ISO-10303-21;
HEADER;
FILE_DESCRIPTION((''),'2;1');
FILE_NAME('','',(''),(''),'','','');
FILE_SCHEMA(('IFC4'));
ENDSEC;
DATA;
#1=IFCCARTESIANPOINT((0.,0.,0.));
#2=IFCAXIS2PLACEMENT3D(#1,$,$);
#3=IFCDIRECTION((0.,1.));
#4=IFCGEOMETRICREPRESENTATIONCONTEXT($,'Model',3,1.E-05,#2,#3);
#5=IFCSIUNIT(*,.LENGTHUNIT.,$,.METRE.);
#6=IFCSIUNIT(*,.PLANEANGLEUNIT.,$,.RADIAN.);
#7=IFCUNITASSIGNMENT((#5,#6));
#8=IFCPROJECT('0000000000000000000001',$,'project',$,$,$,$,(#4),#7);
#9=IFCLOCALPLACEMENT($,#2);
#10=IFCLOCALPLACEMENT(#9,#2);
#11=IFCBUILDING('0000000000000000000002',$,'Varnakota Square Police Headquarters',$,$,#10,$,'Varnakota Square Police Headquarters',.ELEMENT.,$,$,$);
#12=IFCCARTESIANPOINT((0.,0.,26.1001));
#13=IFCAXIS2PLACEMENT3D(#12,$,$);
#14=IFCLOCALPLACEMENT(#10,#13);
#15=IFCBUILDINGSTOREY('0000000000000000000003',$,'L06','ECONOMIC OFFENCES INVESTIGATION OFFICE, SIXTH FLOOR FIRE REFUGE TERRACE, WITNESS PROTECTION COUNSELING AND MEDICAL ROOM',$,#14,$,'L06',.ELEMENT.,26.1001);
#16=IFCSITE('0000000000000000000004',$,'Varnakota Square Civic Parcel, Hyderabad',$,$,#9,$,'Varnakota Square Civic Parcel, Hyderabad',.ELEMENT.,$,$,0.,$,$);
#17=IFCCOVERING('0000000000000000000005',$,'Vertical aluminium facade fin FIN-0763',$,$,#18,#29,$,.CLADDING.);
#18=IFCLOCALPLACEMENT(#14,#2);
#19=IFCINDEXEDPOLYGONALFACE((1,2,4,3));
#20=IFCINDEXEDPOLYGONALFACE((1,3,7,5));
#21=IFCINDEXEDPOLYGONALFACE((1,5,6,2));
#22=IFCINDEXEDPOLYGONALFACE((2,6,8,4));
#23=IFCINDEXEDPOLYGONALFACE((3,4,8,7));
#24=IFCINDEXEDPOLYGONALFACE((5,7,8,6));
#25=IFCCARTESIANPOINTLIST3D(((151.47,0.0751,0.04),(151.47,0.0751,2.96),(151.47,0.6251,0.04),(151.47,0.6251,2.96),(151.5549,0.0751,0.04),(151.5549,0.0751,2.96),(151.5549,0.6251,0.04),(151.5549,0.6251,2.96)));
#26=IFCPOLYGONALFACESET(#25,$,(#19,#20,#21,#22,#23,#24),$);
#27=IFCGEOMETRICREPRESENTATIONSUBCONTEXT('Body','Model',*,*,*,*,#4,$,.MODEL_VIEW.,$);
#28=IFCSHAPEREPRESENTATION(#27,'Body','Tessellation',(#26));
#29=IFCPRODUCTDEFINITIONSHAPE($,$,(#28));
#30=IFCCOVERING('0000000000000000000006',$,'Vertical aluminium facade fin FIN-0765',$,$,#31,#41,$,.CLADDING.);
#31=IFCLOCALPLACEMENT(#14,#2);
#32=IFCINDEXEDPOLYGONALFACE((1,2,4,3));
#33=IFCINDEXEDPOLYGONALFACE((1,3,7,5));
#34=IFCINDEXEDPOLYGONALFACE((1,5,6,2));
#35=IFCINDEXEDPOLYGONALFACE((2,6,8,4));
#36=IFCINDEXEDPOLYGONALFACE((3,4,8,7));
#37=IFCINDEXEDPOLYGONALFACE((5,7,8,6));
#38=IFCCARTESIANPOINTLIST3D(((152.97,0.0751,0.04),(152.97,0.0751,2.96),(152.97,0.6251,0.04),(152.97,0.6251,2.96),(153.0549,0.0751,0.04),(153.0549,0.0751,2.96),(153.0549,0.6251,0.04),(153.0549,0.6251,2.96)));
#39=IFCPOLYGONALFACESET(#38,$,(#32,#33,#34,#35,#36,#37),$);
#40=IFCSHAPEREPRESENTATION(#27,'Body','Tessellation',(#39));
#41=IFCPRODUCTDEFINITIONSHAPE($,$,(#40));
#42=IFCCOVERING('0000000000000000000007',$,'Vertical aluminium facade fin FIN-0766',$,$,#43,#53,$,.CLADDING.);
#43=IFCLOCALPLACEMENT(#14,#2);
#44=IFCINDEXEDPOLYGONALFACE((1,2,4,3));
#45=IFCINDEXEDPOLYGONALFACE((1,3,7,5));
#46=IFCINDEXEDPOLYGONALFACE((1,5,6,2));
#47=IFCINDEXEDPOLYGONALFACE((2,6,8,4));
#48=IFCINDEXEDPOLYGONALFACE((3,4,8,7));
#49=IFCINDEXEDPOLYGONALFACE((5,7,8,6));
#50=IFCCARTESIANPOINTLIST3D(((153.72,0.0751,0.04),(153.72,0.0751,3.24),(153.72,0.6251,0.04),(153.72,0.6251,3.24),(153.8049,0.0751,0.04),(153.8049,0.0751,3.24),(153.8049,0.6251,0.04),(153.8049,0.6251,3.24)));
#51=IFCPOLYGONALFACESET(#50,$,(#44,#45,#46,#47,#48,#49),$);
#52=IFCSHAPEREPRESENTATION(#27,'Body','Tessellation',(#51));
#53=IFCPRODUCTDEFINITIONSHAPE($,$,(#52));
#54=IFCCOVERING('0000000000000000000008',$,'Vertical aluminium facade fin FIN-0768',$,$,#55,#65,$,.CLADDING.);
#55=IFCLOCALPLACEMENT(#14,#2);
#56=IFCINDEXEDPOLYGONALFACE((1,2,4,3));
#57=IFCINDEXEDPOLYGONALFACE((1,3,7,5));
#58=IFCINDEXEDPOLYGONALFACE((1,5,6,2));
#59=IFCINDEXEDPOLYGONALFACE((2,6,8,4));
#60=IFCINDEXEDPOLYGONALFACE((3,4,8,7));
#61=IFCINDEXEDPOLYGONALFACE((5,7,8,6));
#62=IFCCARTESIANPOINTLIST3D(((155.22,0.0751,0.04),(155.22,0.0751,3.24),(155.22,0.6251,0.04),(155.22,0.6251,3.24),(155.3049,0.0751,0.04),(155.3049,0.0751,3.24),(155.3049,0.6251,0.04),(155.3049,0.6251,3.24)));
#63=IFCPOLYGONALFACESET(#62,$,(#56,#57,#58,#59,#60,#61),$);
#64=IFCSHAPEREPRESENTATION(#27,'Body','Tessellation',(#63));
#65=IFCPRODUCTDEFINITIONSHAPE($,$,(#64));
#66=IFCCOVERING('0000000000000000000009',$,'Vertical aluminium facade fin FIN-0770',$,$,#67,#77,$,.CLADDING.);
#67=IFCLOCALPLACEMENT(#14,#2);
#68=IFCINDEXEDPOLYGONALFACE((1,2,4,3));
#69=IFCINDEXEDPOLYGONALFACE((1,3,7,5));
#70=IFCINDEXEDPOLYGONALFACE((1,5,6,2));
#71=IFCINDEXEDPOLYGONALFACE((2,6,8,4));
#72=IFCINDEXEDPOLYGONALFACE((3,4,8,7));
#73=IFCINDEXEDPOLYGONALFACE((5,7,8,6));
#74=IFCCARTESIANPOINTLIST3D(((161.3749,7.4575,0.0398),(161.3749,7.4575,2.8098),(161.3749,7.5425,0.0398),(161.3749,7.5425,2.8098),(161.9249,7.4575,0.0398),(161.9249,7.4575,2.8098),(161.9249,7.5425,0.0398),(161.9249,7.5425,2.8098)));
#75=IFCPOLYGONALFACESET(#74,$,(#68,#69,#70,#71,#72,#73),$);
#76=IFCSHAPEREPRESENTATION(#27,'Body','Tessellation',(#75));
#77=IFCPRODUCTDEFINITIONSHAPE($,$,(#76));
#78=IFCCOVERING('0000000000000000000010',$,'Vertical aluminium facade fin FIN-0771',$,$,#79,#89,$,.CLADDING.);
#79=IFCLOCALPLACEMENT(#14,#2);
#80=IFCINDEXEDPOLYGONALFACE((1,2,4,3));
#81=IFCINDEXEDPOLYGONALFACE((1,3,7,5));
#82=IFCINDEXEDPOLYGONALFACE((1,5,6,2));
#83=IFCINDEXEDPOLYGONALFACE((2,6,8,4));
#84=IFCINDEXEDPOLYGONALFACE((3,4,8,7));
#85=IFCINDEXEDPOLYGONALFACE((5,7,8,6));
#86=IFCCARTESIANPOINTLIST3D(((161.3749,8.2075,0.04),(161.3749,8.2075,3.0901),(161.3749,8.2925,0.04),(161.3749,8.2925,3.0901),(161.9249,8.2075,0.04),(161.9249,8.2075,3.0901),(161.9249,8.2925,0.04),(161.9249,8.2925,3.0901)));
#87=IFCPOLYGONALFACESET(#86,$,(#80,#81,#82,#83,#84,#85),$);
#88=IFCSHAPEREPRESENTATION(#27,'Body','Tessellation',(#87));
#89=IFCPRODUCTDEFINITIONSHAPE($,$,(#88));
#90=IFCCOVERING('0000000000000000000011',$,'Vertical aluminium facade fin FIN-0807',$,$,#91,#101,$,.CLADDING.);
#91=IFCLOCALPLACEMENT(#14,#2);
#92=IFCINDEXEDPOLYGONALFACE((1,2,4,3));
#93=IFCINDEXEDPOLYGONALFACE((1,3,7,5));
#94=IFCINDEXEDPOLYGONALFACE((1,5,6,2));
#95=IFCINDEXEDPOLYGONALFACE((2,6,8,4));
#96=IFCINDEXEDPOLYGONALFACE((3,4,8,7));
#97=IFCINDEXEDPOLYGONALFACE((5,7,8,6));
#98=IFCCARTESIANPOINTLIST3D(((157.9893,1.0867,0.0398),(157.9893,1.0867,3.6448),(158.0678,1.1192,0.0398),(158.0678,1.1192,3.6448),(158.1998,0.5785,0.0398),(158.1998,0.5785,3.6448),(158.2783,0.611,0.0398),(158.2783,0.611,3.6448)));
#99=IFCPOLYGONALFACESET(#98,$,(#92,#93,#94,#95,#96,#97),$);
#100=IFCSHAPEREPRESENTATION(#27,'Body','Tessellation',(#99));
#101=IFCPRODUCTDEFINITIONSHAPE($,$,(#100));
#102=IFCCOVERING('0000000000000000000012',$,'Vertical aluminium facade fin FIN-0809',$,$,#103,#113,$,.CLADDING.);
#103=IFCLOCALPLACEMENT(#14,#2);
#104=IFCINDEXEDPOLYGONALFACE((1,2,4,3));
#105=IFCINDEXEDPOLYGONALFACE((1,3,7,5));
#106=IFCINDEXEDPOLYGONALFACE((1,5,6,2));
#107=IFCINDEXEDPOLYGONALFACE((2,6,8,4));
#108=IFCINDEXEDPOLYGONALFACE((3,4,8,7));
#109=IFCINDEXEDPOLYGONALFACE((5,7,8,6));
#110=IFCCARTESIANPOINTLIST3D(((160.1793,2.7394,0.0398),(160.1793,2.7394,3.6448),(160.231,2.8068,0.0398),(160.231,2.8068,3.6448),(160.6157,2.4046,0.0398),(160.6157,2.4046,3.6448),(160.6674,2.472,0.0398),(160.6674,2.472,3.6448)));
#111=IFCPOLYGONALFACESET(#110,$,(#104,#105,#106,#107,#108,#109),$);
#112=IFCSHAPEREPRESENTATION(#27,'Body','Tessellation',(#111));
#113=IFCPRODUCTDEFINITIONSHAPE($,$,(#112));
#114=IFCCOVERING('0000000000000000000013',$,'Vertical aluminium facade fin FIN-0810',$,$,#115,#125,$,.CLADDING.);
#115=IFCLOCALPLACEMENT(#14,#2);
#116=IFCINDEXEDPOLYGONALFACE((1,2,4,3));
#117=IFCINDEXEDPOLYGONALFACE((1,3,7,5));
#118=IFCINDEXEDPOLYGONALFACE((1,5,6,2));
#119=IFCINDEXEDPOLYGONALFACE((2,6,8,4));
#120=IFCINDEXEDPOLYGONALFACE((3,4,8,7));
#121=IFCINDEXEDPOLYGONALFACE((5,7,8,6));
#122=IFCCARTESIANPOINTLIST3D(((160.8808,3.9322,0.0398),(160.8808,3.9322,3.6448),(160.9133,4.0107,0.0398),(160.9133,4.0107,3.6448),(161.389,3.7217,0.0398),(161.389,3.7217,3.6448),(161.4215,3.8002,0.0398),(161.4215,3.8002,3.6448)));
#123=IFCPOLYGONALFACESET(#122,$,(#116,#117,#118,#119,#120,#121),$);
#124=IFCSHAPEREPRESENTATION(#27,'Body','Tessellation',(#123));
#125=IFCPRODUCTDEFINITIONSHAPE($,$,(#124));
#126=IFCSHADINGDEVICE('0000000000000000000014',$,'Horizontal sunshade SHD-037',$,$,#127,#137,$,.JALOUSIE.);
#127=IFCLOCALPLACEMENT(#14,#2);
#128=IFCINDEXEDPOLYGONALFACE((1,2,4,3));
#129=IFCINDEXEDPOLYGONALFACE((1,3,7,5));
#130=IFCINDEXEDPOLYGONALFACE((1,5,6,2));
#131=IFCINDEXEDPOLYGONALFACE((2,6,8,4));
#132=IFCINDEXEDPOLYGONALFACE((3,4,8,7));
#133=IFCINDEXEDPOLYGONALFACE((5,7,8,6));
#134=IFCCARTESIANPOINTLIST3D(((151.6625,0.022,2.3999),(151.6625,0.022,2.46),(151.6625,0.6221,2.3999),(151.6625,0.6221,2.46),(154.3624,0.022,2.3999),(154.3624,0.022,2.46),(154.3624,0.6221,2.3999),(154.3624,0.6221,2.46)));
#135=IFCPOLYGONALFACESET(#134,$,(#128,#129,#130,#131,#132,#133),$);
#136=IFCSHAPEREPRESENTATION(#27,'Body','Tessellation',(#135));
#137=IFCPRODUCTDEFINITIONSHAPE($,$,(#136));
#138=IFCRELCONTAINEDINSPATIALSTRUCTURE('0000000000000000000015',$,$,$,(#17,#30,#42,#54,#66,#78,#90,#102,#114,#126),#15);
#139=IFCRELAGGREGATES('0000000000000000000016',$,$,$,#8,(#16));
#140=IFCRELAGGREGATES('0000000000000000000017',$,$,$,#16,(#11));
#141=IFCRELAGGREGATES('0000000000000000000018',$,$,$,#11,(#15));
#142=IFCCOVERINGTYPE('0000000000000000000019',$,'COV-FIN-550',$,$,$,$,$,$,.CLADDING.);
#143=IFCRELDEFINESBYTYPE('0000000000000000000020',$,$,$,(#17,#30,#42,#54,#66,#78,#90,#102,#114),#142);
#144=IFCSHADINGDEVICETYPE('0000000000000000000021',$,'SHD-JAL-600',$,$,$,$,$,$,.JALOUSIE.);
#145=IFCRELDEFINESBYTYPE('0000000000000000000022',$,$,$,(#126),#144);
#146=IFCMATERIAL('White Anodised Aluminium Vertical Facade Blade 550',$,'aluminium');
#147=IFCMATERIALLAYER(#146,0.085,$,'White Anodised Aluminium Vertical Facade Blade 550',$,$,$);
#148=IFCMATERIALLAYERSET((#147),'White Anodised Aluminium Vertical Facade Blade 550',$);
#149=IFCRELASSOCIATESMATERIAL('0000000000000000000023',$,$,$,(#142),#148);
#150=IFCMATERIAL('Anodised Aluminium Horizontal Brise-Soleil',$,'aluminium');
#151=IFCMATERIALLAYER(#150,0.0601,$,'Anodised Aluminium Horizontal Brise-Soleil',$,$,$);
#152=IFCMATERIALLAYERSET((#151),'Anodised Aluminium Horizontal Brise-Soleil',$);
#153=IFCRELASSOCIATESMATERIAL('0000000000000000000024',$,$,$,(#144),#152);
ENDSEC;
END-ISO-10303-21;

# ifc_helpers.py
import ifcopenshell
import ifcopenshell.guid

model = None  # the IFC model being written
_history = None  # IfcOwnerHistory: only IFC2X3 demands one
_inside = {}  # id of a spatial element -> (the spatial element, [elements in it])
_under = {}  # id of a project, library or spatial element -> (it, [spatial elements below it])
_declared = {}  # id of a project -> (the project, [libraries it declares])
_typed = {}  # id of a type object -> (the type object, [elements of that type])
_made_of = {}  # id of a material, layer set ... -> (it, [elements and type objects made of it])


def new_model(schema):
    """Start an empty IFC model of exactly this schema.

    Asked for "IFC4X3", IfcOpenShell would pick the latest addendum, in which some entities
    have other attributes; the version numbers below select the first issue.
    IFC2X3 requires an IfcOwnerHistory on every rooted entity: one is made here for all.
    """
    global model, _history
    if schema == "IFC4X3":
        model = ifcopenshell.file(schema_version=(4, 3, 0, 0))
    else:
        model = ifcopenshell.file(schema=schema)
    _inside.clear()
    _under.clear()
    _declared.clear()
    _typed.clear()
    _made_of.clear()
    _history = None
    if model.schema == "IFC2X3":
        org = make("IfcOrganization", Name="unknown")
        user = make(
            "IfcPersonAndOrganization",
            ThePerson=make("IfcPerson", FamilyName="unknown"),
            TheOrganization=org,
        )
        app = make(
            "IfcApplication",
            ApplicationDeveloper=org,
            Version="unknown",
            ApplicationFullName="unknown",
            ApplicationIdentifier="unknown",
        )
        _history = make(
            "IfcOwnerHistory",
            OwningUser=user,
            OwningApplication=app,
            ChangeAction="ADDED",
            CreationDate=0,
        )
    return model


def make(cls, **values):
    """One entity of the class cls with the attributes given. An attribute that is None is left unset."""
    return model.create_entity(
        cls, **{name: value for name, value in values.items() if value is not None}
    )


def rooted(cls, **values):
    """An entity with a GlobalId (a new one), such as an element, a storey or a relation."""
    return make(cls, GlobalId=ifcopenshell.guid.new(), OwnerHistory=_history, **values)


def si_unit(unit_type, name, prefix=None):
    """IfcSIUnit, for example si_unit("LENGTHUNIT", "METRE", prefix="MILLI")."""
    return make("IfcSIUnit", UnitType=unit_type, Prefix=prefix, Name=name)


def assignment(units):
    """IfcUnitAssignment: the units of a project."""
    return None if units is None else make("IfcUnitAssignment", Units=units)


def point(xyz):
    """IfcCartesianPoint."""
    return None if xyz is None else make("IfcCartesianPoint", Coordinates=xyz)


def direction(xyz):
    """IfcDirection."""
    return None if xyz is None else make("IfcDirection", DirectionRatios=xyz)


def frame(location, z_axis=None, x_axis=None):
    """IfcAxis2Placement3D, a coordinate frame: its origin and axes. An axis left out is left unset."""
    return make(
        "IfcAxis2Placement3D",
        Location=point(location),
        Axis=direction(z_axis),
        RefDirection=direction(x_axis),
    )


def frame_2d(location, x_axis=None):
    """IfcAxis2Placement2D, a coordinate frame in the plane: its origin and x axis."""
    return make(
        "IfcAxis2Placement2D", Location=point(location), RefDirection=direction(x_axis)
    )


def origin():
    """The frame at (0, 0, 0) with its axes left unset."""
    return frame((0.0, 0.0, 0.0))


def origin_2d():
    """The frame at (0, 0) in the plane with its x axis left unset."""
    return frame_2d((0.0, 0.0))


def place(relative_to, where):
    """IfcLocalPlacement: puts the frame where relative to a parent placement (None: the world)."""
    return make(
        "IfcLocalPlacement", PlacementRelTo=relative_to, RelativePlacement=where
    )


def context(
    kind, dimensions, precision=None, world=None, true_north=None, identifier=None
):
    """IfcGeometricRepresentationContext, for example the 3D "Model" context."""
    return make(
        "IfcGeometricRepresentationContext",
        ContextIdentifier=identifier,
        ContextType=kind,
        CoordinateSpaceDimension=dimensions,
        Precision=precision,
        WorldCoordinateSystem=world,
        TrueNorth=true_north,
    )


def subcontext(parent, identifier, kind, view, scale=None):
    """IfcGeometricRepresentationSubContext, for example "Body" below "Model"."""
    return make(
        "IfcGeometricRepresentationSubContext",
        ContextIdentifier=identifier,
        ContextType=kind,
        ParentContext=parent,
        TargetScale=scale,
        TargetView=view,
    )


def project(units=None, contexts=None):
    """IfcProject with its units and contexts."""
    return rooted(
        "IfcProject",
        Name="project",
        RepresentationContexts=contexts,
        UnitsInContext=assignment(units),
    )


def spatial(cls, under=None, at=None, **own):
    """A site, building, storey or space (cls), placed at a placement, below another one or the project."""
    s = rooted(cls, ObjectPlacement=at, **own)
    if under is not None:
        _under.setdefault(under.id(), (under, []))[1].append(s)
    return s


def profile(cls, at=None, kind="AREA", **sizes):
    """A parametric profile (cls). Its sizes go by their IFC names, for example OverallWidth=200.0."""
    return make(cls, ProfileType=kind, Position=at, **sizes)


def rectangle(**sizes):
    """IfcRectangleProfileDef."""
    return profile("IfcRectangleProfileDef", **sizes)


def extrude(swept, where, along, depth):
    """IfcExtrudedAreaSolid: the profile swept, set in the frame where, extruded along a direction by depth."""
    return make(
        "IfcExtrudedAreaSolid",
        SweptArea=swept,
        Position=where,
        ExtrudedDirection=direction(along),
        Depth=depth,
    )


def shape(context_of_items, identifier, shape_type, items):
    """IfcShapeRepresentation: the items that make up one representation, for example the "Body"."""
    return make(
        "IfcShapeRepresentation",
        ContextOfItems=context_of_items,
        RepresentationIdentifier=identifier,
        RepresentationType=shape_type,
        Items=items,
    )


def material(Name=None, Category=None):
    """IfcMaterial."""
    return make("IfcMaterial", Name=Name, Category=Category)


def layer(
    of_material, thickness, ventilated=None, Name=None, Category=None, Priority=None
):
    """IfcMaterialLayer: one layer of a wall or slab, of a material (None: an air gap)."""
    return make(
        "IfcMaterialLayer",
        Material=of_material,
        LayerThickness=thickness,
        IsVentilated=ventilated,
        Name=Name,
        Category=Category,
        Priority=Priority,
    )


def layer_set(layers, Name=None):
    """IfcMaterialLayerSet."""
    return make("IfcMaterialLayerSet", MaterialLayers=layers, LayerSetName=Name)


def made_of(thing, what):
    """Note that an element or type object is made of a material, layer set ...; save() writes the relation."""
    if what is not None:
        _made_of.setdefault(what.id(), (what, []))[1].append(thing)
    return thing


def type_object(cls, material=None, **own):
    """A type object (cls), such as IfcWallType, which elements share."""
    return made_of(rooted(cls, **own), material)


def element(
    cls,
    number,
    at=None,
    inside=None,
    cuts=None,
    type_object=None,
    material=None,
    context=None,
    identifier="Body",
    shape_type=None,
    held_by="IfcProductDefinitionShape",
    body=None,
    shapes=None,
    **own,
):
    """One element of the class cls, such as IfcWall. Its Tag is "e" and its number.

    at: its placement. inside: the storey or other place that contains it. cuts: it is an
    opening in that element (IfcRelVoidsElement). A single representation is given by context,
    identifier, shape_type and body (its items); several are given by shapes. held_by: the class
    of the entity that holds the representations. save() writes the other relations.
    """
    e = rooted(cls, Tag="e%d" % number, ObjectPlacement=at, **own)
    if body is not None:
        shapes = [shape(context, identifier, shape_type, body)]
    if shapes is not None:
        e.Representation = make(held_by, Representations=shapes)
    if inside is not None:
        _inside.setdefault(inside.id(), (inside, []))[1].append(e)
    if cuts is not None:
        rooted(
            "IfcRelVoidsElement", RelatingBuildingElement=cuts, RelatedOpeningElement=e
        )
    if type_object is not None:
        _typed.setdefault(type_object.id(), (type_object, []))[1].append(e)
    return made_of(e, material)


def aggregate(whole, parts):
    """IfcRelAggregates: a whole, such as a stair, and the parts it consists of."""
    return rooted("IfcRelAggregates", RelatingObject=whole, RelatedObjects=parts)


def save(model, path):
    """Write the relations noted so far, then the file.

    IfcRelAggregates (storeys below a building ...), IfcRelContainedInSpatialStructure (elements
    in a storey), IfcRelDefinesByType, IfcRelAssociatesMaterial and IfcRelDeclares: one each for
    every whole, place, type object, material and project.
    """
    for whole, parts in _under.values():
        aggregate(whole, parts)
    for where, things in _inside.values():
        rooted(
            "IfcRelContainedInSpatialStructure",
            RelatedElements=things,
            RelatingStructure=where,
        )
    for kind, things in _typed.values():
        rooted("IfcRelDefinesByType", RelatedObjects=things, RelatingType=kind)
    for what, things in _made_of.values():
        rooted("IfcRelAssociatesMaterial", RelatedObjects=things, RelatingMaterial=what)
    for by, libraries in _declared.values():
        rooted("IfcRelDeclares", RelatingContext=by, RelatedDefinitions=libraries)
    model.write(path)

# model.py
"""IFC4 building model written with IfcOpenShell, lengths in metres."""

from ifc_helpers import new_model, si_unit, direction, frame, origin, origin_2d, place, context, subcontext, project, spatial, rectangle, extrude, material, layer, layer_set, type_object, element, save


model = new_model("IFC4")

# Units and contexts
model_context = context("Model", 3, precision=1e-05, world=origin(), true_north=direction((0.0, 1.0)))
body_context = subcontext(model_context, "Body", "Model", "MODEL_VIEW")
ifc_project = project(units=[si_unit("LENGTHUNIT", "METRE"), si_unit("PLANEANGLEUNIT", "RADIAN")], contexts=[model_context])

# Site, building, storey
site_placement = place(None, origin())
site = spatial("IfcSite", under=ifc_project, at=site_placement, Name="Varnakota Square Civic Parcel, Hyderabad", LongName="Varnakota Square Civic Parcel, Hyderabad", CompositionType="ELEMENT", RefElevation=0.0)
building_placement = place(site_placement, origin())
building = spatial("IfcBuilding", under=site, at=building_placement, Name="Varnakota Square Police Headquarters", LongName="Varnakota Square Police Headquarters", CompositionType="ELEMENT")
storey_placement = place(building_placement, frame((0.0, 0.0, 26.1001)))
storey = spatial("IfcBuildingStorey", under=building, at=storey_placement, Name="L06", Description="ECONOMIC OFFENCES INVESTIGATION OFFICE, SIXTH FLOOR FIRE REFUGE TERRACE, WITNESS PROTECTION COUNSELING AND MEDICAL ROOM", LongName="L06", CompositionType="ELEMENT", Elevation=26.1001)

# Coverings
ifc_material_1 = material(Name="White Anodised Aluminium Vertical Facade Blade 550", Category="aluminium")
ifc_layer_1 = layer(ifc_material_1, 0.085, Name="White Anodised Aluminium Vertical Facade Blade 550")
ifc_layer_set_1 = layer_set([ifc_layer_1], Name="White Anodised Aluminium Vertical Facade Blade 550")
covering_type_1 = type_object("IfcCoveringType", Name="COV-FIN-550", PredefinedType="CLADDING", material=ifc_layer_set_1)
for number, where, z_axis, x_axis, name in (
    (1, (151.5125, 0.3501, 0.04), (0.0, 0.0, 1.0), (1.0, 0.0, 0.0), "Vertical aluminium facade fin FIN-0763"),
    (2, (153.0125, 0.3501, 0.04), (0.0, 0.0, 1.0), (1.0, 0.0, 0.0), "Vertical aluminium facade fin FIN-0765"),
):
    element("IfcCovering", number, at=place(storey_placement, frame(where, z_axis=z_axis, x_axis=x_axis)), inside=storey, type_object=covering_type_1, Name=name, PredefinedType="CLADDING", context=body_context, shape_type="SweptSolid", body=[
        extrude(rectangle(XDim=0.085, YDim=0.55, at=origin_2d()), origin(), (0.0, 0.0, 1.0), 2.9199),
    ])
for number, where, z_axis, x_axis, name in (
    (3, (153.7625, 0.3501, 0.04), (0.0, 0.0, 1.0), (1.0, 0.0, 0.0), "Vertical aluminium facade fin FIN-0766"),
    (4, (155.2625, 0.3501, 0.04), (0.0, 0.0, 1.0), (1.0, 0.0, 0.0), "Vertical aluminium facade fin FIN-0768"),
):
    element("IfcCovering", number, at=place(storey_placement, frame(where, z_axis=z_axis, x_axis=x_axis)), inside=storey, type_object=covering_type_1, Name=name, PredefinedType="CLADDING", context=body_context, shape_type="SweptSolid", body=[
        extrude(rectangle(XDim=0.085, YDim=0.55, at=origin_2d()), origin(), (0.0, 0.0, 1.0), 3.2),
    ])
covering_1_placement = place(storey_placement, frame((161.6499, 7.5, 0.0398), z_axis=(0.0, 0.0, 1.0), x_axis=(0.0, 1.0, 0.0)))
element("IfcCovering", 5, at=covering_1_placement, inside=storey, type_object=covering_type_1, Name="Vertical aluminium facade fin FIN-0770", PredefinedType="CLADDING", context=body_context, shape_type="SweptSolid", body=[
    extrude(rectangle(XDim=0.085, YDim=0.55, at=origin_2d()), origin(), (0.0, 0.0, 1.0), 2.77),
])
covering_2_placement = place(storey_placement, frame((161.6499, 8.25, 0.04), z_axis=(0.0, 0.0, 1.0), x_axis=(0.0, 1.0, 0.0)))
element("IfcCovering", 6, at=covering_2_placement, inside=storey, type_object=covering_type_1, Name="Vertical aluminium facade fin FIN-0771", PredefinedType="CLADDING", context=body_context, shape_type="SweptSolid", body=[
    extrude(rectangle(XDim=0.085, YDim=0.55, at=origin_2d()), origin(), (0.0, 0.0, 1.0), 3.05),
])
for number, where, z_axis, x_axis, name in (
    (7, (158.1338, 0.8489, 0.0398), (0.0, 0.0, 1.0), (0.92388, 0.382683, 0.0), "Vertical aluminium facade fin FIN-0807"),
    (8, (160.4233, 2.6057, 0.0398), (0.0, 0.0, 1.0), (0.608761, 0.793353, 0.0), "Vertical aluminium facade fin FIN-0809"),
    (9, (161.1511, 3.8662, 0.0398), (0.0, 0.0, 1.0), (0.382683, 0.92388, 0.0), "Vertical aluminium facade fin FIN-0810"),
):
    element("IfcCovering", number, at=place(storey_placement, frame(where, z_axis=z_axis, x_axis=x_axis)), inside=storey, type_object=covering_type_1, Name=name, PredefinedType="CLADDING", context=body_context, shape_type="SweptSolid", body=[
        extrude(rectangle(XDim=0.085, YDim=0.55, at=origin_2d()), origin(), (0.0, 0.0, 1.0), 3.605),
    ])

# Shading device
ifc_material_2 = material(Name="Anodised Aluminium Horizontal Brise-Soleil", Category="aluminium")
ifc_layer_2 = layer(ifc_material_2, 0.0601, Name="Anodised Aluminium Horizontal Brise-Soleil")
ifc_layer_set_2 = layer_set([ifc_layer_2], Name="Anodised Aluminium Horizontal Brise-Soleil")
shading_device_type = type_object("IfcShadingDeviceType", Name="SHD-JAL-600", PredefinedType="JALOUSIE", material=ifc_layer_set_2)
shading_device_placement = place(storey_placement, frame((153.0125, 0.322, 2.3999), z_axis=(0.0, 0.0, 1.0), x_axis=(1.0, 0.0, 0.0)))
element("IfcShadingDevice", 10, at=shading_device_placement, inside=storey, type_object=shading_device_type, Name="Horizontal sunshade SHD-037", PredefinedType="JALOUSIE", context=body_context, shape_type="SweptSolid", body=[
    extrude(rectangle(XDim=2.7, YDim=0.6001, at=origin_2d()), origin(), (0.0, 0.0, 1.0), 0.0601),
])

save(model, "model.ifc")
